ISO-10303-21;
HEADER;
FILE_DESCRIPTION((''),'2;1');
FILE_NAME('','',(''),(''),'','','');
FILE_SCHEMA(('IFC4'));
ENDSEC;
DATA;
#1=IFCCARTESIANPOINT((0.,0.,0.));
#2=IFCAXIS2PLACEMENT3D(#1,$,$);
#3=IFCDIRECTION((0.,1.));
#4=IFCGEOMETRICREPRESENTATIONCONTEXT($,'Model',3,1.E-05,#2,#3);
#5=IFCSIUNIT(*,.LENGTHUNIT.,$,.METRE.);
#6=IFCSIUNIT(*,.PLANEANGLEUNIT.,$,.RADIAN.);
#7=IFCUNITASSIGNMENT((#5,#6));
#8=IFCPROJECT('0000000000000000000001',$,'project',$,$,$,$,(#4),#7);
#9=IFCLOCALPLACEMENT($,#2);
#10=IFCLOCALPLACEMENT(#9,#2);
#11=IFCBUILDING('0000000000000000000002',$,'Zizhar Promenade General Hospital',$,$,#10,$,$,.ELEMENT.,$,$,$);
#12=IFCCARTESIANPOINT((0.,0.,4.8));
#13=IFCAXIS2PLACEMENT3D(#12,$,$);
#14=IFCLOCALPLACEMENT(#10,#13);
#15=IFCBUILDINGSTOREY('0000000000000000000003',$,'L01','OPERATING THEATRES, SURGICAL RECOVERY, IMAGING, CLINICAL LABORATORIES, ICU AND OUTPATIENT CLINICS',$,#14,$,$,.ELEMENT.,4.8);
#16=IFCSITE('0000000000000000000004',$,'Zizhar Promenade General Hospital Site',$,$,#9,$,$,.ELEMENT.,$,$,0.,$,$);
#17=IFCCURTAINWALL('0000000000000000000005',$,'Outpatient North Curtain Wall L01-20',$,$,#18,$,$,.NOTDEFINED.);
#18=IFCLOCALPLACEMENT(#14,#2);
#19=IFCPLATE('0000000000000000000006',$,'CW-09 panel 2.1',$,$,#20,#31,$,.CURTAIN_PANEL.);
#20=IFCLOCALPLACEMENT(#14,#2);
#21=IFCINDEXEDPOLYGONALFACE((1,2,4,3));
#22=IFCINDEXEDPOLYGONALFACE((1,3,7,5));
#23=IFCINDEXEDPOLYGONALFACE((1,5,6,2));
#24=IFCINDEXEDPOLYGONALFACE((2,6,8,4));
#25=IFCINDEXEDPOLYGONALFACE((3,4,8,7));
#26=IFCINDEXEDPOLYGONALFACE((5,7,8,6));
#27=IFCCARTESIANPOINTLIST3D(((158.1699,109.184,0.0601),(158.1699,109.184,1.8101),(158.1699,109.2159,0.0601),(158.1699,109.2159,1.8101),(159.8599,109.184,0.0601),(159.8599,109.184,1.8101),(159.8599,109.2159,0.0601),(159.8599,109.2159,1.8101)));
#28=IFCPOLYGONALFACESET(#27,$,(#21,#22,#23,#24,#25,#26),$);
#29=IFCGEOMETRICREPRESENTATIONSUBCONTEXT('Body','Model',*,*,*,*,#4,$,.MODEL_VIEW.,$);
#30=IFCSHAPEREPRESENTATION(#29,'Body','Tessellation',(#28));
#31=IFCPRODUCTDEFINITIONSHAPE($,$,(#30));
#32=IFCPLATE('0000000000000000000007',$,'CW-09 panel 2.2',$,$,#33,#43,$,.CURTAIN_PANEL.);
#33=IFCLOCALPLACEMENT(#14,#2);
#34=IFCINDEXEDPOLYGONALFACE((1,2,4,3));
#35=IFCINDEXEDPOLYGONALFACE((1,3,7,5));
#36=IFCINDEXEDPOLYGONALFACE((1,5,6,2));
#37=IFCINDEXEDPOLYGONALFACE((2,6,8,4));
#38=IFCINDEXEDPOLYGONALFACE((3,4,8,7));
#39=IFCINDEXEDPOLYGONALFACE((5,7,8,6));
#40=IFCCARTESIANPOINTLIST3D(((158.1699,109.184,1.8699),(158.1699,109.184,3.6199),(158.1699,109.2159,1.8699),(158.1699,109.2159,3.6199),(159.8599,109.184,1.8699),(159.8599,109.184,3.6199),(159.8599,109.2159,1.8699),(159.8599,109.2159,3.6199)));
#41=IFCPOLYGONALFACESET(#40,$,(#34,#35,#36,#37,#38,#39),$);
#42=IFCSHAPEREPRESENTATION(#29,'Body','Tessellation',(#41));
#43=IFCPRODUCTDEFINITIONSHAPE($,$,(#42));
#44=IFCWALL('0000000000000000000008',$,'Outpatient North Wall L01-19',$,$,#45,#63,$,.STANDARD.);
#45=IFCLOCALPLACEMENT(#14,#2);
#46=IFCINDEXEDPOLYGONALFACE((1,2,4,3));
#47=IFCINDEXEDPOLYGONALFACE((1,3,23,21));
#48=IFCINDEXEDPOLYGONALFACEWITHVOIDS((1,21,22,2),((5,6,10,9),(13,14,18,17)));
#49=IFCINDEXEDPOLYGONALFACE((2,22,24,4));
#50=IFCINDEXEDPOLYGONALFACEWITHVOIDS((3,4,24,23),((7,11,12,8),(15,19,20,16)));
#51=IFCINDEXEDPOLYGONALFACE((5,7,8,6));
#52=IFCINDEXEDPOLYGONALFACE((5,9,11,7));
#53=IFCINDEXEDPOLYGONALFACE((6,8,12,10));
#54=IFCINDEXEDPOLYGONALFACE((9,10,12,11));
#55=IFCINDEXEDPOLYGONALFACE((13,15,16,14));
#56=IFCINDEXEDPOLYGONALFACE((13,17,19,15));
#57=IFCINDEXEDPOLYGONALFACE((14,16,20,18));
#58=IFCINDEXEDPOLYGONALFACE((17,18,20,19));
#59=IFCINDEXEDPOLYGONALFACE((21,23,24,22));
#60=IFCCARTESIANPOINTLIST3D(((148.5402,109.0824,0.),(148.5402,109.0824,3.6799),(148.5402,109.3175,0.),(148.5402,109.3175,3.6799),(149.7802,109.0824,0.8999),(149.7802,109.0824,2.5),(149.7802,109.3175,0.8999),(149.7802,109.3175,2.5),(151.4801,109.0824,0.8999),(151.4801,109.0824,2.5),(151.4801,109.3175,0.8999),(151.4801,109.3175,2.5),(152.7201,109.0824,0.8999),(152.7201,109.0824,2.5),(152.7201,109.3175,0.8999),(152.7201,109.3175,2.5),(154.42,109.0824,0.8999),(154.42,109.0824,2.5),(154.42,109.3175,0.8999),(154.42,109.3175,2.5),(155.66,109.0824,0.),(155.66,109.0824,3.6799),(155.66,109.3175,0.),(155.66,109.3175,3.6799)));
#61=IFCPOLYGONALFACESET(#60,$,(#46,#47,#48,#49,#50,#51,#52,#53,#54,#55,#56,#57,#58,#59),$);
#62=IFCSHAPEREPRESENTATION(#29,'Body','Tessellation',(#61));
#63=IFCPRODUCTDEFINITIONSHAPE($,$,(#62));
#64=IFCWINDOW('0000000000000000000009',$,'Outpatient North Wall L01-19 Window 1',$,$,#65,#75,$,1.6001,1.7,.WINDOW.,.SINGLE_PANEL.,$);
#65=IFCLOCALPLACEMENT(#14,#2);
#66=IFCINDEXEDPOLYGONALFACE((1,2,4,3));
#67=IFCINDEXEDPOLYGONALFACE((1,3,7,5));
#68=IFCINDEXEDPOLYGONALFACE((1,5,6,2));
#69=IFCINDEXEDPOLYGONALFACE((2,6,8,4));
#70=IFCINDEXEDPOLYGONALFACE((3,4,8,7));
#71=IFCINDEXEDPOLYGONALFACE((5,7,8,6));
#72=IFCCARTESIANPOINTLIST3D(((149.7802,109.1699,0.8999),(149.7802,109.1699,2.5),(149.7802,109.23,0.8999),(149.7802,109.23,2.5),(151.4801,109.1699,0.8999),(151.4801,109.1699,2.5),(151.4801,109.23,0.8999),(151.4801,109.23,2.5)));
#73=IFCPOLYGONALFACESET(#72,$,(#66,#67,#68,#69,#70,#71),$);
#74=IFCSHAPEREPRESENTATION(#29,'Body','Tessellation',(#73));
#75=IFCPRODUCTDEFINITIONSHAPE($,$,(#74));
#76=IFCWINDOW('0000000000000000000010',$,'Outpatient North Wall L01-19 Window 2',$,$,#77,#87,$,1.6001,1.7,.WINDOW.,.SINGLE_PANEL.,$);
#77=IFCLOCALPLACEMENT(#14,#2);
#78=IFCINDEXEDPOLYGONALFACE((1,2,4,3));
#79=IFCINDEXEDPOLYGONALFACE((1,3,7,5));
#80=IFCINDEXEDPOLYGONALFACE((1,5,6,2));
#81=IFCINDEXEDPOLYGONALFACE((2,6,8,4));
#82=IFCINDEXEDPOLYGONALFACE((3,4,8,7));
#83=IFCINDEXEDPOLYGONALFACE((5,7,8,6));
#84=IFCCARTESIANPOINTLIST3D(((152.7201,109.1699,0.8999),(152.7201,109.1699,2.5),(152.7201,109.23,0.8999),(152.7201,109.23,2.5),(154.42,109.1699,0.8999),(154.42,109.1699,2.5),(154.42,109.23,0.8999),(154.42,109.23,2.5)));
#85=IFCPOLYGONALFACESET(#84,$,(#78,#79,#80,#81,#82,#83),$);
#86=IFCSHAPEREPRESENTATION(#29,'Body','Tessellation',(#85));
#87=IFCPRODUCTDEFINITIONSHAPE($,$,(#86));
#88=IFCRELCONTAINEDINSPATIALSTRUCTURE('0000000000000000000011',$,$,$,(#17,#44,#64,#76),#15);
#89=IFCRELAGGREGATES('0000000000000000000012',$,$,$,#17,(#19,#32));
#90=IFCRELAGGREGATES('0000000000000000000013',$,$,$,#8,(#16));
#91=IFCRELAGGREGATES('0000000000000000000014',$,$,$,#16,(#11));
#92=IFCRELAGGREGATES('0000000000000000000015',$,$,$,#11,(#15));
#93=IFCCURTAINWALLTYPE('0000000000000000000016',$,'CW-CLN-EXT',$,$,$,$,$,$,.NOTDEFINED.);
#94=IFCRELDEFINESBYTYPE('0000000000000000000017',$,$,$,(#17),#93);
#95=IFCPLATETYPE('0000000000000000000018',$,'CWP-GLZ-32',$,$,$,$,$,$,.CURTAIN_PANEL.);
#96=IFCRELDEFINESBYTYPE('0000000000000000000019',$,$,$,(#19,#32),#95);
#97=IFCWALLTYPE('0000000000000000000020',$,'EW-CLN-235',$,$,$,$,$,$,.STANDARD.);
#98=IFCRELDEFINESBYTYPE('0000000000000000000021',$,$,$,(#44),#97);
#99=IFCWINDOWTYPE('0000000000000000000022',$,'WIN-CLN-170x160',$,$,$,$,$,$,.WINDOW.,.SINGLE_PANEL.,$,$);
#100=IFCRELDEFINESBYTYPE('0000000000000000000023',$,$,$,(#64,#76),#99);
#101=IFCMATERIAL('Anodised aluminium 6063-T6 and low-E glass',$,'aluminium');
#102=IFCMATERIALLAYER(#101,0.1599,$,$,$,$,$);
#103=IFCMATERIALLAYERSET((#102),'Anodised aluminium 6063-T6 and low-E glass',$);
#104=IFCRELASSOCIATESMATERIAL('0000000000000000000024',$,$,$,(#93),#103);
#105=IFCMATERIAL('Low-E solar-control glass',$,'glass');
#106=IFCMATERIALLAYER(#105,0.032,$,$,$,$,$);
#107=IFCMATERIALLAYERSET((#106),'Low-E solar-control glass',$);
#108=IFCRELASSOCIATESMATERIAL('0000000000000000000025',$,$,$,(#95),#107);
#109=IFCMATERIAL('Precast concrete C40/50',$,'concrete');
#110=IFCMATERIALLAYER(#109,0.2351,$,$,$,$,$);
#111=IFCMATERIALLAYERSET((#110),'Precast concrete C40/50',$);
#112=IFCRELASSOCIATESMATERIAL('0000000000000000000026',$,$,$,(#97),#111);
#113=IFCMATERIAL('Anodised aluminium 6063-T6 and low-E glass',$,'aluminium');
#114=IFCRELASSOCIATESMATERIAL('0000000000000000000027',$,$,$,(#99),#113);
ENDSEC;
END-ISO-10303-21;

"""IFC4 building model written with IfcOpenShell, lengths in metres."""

from ifc_helpers import new_model, si_unit, direction, frame, frame_2d, origin, origin_2d, place, context, subcontext, project, spatial, rectangle, extrude, material, layer, layer_set, type_object, element, fill, aggregate, save


model = new_model("IFC4")

# Units and contexts
model_context = context("Model", 3, precision=1e-05, world=origin(), true_north=direction((0.0, 1.0)))
body_context = subcontext(model_context, "Body", "Model", "MODEL_VIEW")
ifc_project = project(units=[si_unit("LENGTHUNIT", "METRE"), si_unit("PLANEANGLEUNIT", "RADIAN")], contexts=[model_context])

# Site, building, storey
site_placement = place(None, origin())
site = spatial("IfcSite", under=ifc_project, at=site_placement, Name="Zizhar Promenade General Hospital Site", CompositionType="ELEMENT", RefElevation=0.0)
building_placement = place(site_placement, origin())
building = spatial("IfcBuilding", under=site, at=building_placement, Name="Zizhar Promenade General Hospital", CompositionType="ELEMENT")
storey_placement = place(building_placement, frame((0.0, 0.0, 4.8)))
storey = spatial("IfcBuildingStorey", under=building, at=storey_placement, Name="L01", Description="OPERATING THEATRES, SURGICAL RECOVERY, IMAGING, CLINICAL LABORATORIES, ICU AND OUTPATIENT CLINICS", CompositionType="ELEMENT", Elevation=4.8)

# Shared definitions
ifc_material_1 = material(Name="Anodised aluminium 6063-T6 and low-E glass", Category="aluminium")
ifc_layer_1 = layer(ifc_material_1, 0.1599)
ifc_layer_set_1 = layer_set([ifc_layer_1], Name="Anodised aluminium 6063-T6 and low-E glass")
curtain_wall_type = type_object("IfcCurtainWallType", Name="CW-CLN-EXT", PredefinedType="NOTDEFINED", material=ifc_layer_set_1)

# Curtain wall
curtain_wall_1_placement = place(storey_placement, origin())
curtain_wall_1 = element("IfcCurtainWall", 1, at=curtain_wall_1_placement, inside=storey, type_object=curtain_wall_type, Name="Outpatient North Curtain Wall L01-20", PredefinedType="NOTDEFINED")

# Plates
ifc_material_2 = material(Name="Low-E solar-control glass", Category="glass")
ifc_layer_2 = layer(ifc_material_2, 0.032)
ifc_layer_set_2 = layer_set([ifc_layer_2], Name="Low-E solar-control glass")
plate_type = type_object("IfcPlateType", Name="CWP-GLZ-32", PredefinedType="CURTAIN_PANEL", material=ifc_layer_set_2)
plate_1_placement = place(storey_placement, frame((159.0149, 109.2, 0.0601), z_axis=(0.0, 0.0, 1.0), x_axis=(1.0, 0.0, 0.0)))
plate_1 = element("IfcPlate", 2, at=plate_1_placement, type_object=plate_type, Name="CW-09 panel 2.1", PredefinedType="CURTAIN_PANEL", context=body_context, shape_type="SweptSolid", body=[
    extrude(rectangle(XDim=1.6899, YDim=0.032, at=origin_2d()), origin(), (0.0, 0.0, 1.0), 1.75),
])
plate_2_placement = place(storey_placement, frame((159.0149, 109.2, 1.8699), z_axis=(0.0, 0.0, 1.0), x_axis=(1.0, 0.0, 0.0)))
plate_2 = element("IfcPlate", 3, at=plate_2_placement, type_object=plate_type, Name="CW-09 panel 2.2", PredefinedType="CURTAIN_PANEL", context=body_context, shape_type="SweptSolid", body=[
    extrude(rectangle(XDim=1.6899, YDim=0.032, at=origin_2d()), origin(), (0.0, 0.0, 1.0), 1.75),
])
aggregate(curtain_wall_1, [plate_1, plate_2])

# Wall, openings, windows
ifc_material_3 = material(Name="Precast concrete C40/50", Category="concrete")
ifc_layer_3 = layer(ifc_material_3, 0.2351)
ifc_layer_set_3 = layer_set([ifc_layer_3], Name="Precast concrete C40/50")
wall_type = type_object("IfcWallType", Name="EW-CLN-235", PredefinedType="STANDARD", material=ifc_layer_set_3)
wall_placement = place(storey_placement, frame((148.54, 109.2, 0.0), z_axis=(0.0, 0.0, 1.0), x_axis=(1.0, 0.0, 0.0)))
wall = element("IfcWall", 4, at=wall_placement, inside=storey, type_object=wall_type, Name="Outpatient North Wall L01-19", PredefinedType="STANDARD", context=body_context, shape_type="SweptSolid", body=[
    extrude(rectangle(XDim=7.1199, YDim=0.2351, at=frame_2d((3.5601, 0.0))), origin(), (0.0, 0.0, 1.0), 3.6799),
])
opening_1_placement = place(wall_placement, frame((1.24, 0.0, 0.8999)))
opening_1 = element("IfcOpeningElement", 5, at=opening_1_placement, cuts=wall, PredefinedType="OPENING", context=body_context, shape_type="SweptSolid", body=[
    extrude(rectangle(XDim=1.7, YDim=1.6001, at=frame_2d((0.8501, 0.8))), frame((0.0, 0.1274, 0.0), z_axis=(0.0, -1.0, 0.0), x_axis=(1.0, 0.0, 0.0)), (0.0, 0.0, 1.0), 0.2551),
])
opening_2_placement = place(wall_placement, frame((4.1799, 0.0, 0.8999)))
opening_2 = element("IfcOpeningElement", 6, at=opening_2_placement, cuts=wall, PredefinedType="OPENING", context=body_context, shape_type="SweptSolid", body=[
    extrude(rectangle(XDim=1.7, YDim=1.6001, at=frame_2d((0.8501, 0.8))), frame((0.0, 0.1274, 0.0), z_axis=(0.0, -1.0, 0.0), x_axis=(1.0, 0.0, 0.0)), (0.0, 0.0, 1.0), 0.2551),
])
ifc_material_4 = material(Name="Anodised aluminium 6063-T6 and low-E glass", Category="aluminium")
window_type = type_object("IfcWindowType", Name="WIN-CLN-170x160", PartitioningType="SINGLE_PANEL", PredefinedType="WINDOW", material=ifc_material_4)
window_1_placement = place(opening_1_placement, origin())
window_1 = element("IfcWindow", 7, at=window_1_placement, inside=storey, type_object=window_type, Name="Outpatient North Wall L01-19 Window 1", OverallHeight=1.6001, OverallWidth=1.7, PartitioningType="SINGLE_PANEL", PredefinedType="WINDOW", context=body_context, shape_type="SweptSolid", body=[
    extrude(rectangle(XDim=1.7, YDim=1.6001, at=frame_2d((0.8501, 0.8))), frame((0.0, 0.03, 0.0), z_axis=(0.0, -1.0, 0.0), x_axis=(1.0, 0.0, 0.0)), (0.0, 0.0, 1.0), 0.0601),
])
fill(opening_1, window_1)
window_2_placement = place(opening_2_placement, origin())
window_2 = element("IfcWindow", 8, at=window_2_placement, inside=storey, type_object=window_type, Name="Outpatient North Wall L01-19 Window 2", OverallHeight=1.6001, OverallWidth=1.7, PartitioningType="SINGLE_PANEL", PredefinedType="WINDOW", context=body_context, shape_type="SweptSolid", body=[
    extrude(rectangle(XDim=1.7, YDim=1.6001, at=frame_2d((0.8501, 0.8))), frame((0.0, 0.03, 0.0), z_axis=(0.0, -1.0, 0.0), x_axis=(1.0, 0.0, 0.0)), (0.0, 0.0, 1.0), 0.0601),
])
fill(opening_2, window_2)

save(model, "model.ifc")
